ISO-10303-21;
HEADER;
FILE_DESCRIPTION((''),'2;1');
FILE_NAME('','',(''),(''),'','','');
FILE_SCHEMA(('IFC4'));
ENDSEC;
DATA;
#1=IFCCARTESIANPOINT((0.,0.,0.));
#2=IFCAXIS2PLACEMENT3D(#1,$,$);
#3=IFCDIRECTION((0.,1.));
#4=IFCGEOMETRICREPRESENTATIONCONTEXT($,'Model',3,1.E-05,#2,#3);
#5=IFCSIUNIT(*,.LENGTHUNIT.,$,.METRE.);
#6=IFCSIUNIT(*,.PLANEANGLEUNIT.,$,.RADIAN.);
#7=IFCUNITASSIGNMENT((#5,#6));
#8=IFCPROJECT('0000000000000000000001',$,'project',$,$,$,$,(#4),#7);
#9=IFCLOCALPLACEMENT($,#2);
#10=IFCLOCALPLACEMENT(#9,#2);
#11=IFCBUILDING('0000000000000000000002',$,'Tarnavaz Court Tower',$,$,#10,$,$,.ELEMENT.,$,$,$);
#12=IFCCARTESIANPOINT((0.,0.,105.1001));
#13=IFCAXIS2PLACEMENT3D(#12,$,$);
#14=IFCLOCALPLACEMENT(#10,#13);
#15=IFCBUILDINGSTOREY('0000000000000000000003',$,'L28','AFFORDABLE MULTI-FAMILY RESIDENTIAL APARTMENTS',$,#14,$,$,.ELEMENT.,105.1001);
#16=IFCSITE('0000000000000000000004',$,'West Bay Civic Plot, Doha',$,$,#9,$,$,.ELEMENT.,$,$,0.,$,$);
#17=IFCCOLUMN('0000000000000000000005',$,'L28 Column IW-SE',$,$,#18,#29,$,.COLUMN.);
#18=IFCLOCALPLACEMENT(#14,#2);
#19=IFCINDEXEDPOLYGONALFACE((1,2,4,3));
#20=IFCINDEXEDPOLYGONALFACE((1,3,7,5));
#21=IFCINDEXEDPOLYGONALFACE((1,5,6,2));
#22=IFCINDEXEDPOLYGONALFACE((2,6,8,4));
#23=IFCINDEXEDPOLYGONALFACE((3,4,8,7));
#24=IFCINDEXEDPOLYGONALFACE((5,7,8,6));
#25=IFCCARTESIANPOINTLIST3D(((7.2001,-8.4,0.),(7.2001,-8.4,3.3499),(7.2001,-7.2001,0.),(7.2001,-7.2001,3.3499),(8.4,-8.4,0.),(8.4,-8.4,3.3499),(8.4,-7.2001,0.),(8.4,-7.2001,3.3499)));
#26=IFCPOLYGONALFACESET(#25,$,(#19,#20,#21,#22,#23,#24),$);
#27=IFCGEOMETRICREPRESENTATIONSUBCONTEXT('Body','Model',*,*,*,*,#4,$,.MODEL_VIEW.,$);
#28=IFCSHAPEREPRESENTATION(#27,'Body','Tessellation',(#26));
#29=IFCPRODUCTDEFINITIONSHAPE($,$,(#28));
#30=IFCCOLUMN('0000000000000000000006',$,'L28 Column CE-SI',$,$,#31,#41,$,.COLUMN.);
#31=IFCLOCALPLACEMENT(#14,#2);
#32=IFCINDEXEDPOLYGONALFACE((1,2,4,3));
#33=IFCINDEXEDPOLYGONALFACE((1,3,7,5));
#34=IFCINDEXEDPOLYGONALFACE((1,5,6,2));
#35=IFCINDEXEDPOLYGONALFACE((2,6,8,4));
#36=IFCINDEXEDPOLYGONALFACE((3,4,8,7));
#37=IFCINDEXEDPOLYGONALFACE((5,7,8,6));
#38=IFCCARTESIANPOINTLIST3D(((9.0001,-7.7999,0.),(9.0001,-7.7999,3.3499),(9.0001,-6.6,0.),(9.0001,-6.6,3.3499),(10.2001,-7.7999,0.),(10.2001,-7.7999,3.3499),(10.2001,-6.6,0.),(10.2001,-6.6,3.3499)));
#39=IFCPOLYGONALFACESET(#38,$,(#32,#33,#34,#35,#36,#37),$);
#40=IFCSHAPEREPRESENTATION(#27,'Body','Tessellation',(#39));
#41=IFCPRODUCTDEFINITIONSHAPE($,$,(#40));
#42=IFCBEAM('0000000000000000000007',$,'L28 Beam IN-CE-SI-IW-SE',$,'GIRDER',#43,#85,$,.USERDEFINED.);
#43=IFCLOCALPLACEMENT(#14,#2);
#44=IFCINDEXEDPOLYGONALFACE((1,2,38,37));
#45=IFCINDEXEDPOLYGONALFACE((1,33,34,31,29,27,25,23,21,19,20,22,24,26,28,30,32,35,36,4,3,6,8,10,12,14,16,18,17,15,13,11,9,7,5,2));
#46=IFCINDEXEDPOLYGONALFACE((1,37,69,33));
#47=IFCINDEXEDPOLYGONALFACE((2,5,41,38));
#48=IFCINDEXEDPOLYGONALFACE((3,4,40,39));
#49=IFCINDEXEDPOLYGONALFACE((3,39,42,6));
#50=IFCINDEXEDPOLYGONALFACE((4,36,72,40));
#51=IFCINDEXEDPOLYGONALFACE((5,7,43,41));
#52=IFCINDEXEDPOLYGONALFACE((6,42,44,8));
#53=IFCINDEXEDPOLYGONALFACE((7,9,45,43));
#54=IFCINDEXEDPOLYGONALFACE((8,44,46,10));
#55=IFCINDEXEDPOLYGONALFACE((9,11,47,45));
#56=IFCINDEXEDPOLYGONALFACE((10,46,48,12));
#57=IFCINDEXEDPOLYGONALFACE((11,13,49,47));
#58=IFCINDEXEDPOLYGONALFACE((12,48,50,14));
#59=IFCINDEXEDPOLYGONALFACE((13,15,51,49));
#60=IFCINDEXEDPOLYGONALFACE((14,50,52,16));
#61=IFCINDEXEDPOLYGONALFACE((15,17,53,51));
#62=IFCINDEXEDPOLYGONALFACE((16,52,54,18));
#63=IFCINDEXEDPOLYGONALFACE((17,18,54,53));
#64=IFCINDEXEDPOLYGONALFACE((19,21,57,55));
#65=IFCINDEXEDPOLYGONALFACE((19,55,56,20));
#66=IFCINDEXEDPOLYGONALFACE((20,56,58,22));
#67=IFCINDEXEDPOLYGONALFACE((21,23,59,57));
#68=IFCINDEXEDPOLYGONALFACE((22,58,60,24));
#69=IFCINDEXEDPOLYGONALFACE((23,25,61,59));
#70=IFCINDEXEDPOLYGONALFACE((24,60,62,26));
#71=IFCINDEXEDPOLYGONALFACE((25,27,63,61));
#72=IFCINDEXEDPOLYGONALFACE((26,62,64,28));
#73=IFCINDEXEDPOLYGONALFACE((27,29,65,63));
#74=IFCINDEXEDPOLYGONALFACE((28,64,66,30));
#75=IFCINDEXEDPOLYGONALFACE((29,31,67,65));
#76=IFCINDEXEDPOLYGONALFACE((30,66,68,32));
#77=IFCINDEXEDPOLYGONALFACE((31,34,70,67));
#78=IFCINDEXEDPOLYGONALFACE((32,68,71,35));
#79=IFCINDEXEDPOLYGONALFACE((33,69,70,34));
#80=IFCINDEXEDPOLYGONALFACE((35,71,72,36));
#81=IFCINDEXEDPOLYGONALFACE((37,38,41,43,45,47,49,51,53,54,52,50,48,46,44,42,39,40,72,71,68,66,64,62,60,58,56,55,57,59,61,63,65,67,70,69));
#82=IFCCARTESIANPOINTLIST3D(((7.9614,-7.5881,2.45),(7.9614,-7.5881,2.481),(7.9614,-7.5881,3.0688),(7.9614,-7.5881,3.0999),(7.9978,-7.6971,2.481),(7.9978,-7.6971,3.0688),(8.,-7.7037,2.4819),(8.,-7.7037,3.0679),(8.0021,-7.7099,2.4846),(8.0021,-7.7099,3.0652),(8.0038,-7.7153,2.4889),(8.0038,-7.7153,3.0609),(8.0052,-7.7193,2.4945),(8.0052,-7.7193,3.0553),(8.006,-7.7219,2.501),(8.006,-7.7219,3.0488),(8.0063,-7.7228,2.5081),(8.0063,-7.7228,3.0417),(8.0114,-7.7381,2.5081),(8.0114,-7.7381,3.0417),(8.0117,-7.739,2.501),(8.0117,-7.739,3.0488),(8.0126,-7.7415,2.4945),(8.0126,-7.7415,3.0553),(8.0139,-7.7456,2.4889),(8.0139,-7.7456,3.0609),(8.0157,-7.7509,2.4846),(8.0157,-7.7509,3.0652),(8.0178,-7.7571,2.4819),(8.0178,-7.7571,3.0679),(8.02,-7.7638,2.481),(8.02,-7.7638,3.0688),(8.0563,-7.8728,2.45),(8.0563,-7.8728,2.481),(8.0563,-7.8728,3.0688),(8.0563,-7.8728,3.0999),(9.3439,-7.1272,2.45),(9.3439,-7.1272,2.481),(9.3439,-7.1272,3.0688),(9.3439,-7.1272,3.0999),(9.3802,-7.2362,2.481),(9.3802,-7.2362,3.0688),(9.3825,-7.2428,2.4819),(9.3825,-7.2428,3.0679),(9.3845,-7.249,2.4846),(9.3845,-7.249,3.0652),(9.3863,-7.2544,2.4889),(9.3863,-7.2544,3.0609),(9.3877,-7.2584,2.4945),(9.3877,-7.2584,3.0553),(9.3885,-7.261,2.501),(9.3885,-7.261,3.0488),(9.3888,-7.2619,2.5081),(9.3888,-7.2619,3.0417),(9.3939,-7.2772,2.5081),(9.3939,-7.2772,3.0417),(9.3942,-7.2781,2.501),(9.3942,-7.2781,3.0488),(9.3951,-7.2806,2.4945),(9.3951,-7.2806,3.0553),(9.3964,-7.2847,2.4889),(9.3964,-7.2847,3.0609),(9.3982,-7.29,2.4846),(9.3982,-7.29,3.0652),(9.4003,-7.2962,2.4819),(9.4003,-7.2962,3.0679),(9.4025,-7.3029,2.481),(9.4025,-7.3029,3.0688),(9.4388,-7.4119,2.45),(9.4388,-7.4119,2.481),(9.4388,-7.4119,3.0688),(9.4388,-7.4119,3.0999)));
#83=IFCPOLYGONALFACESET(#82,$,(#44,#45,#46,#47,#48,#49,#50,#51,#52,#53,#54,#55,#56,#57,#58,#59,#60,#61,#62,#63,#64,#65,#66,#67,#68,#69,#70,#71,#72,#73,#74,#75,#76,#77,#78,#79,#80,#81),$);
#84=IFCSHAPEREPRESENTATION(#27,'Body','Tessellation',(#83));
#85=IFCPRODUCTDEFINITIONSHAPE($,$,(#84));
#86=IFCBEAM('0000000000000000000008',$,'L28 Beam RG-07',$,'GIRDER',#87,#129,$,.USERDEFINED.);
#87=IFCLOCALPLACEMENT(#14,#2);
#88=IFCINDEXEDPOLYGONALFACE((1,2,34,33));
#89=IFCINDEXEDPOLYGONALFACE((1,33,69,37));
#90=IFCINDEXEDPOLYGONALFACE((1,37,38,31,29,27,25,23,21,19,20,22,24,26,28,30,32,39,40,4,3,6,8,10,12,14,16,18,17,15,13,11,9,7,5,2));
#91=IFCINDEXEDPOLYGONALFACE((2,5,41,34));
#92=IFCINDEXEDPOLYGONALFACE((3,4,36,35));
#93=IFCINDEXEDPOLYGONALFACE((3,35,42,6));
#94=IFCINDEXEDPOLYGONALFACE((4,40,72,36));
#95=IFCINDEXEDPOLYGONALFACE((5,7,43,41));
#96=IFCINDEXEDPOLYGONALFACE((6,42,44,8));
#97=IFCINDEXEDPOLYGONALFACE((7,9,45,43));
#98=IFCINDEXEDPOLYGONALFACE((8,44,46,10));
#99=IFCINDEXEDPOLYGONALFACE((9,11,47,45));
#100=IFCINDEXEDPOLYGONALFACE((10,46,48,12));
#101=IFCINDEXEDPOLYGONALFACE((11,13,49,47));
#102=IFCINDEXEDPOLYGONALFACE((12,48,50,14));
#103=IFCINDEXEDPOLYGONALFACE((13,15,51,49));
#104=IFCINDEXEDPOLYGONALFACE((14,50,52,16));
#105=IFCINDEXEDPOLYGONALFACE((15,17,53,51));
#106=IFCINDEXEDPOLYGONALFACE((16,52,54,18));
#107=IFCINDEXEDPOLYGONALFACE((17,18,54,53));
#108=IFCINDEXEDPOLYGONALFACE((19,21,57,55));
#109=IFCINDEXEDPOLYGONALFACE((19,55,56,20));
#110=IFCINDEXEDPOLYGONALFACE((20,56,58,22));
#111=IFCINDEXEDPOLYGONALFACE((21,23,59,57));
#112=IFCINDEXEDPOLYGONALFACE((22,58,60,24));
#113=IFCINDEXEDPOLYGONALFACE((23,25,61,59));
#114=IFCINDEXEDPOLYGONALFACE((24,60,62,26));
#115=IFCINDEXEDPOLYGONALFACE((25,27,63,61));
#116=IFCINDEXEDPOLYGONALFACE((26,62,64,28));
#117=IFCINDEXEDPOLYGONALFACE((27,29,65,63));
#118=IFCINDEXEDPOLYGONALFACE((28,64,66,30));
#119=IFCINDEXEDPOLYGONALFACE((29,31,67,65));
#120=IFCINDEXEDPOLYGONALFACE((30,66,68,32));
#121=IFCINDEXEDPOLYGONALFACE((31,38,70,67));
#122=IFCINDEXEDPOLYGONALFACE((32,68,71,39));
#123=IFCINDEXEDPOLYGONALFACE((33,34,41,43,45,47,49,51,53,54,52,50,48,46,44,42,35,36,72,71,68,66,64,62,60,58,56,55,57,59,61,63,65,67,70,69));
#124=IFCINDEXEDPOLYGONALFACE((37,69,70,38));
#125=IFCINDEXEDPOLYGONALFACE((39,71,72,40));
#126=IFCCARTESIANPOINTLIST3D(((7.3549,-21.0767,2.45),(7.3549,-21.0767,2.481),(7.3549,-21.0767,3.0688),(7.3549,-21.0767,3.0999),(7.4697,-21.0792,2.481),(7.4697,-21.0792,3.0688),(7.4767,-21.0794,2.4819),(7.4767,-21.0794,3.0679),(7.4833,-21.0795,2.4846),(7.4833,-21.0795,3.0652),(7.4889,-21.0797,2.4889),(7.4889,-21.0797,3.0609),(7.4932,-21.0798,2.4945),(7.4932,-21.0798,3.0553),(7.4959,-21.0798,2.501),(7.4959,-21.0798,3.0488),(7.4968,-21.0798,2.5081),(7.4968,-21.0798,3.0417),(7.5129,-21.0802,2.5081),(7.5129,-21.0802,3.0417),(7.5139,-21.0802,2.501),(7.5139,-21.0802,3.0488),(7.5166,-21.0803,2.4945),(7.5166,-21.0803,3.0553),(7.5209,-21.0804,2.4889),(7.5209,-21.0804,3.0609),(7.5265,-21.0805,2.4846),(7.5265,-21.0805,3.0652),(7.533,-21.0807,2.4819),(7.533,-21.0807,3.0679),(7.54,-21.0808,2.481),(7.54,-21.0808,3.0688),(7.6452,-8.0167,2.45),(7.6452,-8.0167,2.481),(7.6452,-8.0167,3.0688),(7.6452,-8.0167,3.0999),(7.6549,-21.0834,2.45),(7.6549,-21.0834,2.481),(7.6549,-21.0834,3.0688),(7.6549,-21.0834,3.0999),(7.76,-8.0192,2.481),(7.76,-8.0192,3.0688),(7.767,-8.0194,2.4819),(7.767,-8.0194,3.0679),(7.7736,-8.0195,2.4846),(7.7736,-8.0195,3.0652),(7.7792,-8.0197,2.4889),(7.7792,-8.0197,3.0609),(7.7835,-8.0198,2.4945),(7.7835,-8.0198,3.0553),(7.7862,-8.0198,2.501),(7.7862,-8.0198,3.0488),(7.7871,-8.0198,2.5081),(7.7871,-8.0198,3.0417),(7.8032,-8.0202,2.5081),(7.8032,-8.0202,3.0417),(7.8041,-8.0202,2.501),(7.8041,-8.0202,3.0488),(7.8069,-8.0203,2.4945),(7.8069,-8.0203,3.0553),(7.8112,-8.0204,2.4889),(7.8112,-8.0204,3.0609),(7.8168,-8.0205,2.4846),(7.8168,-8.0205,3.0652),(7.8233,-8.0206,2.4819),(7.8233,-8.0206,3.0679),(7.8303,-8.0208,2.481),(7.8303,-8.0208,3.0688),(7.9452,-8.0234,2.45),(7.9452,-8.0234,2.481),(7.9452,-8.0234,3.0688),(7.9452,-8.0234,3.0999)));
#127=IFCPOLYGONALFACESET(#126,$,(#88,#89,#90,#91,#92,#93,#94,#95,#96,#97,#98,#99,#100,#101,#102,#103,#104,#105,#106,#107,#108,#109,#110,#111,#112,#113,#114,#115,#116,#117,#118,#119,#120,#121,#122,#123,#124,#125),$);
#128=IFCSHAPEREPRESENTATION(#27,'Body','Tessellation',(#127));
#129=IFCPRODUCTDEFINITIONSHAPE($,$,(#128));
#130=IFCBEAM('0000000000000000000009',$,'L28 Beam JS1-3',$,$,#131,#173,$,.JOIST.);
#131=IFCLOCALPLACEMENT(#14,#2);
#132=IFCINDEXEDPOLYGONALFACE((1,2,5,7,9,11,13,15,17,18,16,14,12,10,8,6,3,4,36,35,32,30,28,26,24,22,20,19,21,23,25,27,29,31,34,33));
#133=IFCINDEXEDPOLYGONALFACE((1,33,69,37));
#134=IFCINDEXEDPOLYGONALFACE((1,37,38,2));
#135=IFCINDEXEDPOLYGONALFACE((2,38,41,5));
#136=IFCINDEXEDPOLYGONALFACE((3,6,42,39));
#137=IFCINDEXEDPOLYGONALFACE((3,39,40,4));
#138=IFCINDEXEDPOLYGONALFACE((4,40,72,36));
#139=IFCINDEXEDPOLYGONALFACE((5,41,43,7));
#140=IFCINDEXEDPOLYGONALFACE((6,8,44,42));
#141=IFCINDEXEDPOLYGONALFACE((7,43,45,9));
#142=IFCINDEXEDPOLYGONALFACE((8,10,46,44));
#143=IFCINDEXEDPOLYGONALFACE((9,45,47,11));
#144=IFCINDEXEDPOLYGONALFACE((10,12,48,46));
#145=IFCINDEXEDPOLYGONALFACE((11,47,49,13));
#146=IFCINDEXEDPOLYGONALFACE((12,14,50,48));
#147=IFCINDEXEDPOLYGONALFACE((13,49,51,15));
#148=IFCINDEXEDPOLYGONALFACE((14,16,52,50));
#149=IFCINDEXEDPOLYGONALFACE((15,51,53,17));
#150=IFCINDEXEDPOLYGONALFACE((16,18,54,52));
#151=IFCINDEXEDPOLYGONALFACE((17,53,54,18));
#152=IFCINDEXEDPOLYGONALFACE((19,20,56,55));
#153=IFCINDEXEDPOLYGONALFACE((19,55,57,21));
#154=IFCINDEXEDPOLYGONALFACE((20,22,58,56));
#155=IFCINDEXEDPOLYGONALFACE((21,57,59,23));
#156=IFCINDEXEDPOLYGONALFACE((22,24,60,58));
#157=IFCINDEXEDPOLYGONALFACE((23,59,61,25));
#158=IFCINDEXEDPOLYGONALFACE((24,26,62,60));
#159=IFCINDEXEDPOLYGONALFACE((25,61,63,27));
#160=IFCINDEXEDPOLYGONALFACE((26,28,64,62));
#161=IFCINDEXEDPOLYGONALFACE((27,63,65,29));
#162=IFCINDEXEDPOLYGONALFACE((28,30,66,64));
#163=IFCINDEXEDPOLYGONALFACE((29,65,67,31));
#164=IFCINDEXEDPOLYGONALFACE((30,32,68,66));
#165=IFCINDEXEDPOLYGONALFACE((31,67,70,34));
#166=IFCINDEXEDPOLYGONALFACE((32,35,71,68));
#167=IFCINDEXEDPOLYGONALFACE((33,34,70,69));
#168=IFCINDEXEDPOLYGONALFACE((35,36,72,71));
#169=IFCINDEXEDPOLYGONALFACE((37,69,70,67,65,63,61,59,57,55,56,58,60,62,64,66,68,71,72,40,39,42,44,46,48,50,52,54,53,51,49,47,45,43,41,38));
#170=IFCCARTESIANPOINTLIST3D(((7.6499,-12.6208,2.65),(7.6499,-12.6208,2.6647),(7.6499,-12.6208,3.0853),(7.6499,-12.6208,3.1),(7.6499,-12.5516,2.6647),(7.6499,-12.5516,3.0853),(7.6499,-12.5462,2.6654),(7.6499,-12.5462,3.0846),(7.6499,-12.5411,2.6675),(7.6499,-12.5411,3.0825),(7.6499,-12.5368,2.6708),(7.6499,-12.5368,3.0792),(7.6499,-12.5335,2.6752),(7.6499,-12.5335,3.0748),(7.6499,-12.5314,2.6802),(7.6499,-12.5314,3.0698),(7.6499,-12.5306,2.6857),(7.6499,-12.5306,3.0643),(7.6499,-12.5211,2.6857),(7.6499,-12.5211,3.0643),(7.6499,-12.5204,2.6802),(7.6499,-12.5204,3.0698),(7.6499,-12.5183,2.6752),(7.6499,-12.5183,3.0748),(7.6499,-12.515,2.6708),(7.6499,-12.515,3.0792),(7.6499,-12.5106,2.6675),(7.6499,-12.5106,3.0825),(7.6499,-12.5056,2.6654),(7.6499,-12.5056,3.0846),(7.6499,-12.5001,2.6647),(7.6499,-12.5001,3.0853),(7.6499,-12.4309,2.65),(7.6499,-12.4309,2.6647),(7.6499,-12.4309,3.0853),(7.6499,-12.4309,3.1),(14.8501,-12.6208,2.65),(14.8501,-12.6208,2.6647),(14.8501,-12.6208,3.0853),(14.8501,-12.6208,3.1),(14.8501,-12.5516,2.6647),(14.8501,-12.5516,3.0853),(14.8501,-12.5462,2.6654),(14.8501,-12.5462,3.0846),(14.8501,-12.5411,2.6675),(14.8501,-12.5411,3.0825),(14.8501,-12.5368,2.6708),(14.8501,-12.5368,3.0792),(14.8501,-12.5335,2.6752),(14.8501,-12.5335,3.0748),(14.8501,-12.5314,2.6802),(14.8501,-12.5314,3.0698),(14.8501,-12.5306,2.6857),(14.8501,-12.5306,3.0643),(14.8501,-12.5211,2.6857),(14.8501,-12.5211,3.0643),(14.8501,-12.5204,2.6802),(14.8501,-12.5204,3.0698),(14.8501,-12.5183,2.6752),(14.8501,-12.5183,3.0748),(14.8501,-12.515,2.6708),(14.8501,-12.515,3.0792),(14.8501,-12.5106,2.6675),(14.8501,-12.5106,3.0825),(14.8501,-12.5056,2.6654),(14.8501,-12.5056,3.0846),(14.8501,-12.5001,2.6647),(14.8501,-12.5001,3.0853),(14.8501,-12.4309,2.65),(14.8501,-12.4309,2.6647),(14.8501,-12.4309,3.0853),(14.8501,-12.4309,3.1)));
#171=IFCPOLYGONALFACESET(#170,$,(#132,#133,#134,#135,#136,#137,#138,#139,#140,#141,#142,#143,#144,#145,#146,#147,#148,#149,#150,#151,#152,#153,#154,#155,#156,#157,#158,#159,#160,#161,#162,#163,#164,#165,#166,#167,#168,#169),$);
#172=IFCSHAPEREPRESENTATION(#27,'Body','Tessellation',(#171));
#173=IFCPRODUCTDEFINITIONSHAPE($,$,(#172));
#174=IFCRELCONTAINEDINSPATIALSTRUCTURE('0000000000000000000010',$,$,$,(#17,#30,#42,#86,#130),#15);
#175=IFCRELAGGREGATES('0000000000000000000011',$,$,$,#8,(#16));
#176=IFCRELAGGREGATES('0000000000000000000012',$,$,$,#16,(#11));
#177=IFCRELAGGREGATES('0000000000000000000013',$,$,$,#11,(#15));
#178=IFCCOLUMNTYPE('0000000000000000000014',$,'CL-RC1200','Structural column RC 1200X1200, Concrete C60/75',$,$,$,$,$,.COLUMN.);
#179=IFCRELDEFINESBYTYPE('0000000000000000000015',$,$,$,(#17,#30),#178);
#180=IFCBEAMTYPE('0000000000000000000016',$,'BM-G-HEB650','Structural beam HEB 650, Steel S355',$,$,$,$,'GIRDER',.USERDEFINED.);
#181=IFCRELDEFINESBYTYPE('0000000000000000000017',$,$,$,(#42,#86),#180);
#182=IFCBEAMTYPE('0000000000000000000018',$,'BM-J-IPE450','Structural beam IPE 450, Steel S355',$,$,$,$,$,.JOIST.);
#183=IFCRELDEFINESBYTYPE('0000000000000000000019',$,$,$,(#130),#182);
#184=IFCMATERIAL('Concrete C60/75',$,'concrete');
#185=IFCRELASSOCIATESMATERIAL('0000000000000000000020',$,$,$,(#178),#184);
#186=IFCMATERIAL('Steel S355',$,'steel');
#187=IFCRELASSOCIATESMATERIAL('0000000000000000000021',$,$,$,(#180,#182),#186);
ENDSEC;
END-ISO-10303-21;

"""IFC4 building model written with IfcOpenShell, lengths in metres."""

from ifc_helpers import new_model, si_unit, direction, frame, origin, origin_2d, place, context, subcontext, project, spatial, rectangle, i_section, extrude, material, material_profile, profile_set, type_object, element, save


model = new_model("IFC4")

# Units and contexts
model_context = context("Model", 3, precision=1e-05, world=origin(), true_north=direction((0.0, 1.0)))
body_context = subcontext(model_context, "Body", "Model", "MODEL_VIEW")
ifc_project = project(units=[si_unit("LENGTHUNIT", "METRE"), si_unit("PLANEANGLEUNIT", "RADIAN")], contexts=[model_context])

# Site, building, storey
site_placement = place(None, origin())
site = spatial("IfcSite", under=ifc_project, at=site_placement, Name="West Bay Civic Plot, Doha", CompositionType="ELEMENT", RefElevation=0.0)
building_placement = place(site_placement, origin())
building = spatial("IfcBuilding", under=site, at=building_placement, Name="Tarnavaz Court Tower", CompositionType="ELEMENT")
storey_placement = place(building_placement, frame((0.0, 0.0, 105.1001)))
storey = spatial("IfcBuildingStorey", under=building, at=storey_placement, Name="L28", Description="AFFORDABLE MULTI-FAMILY RESIDENTIAL APARTMENTS", CompositionType="ELEMENT", Elevation=105.1001)

# Columns
ifc_material_1 = material(Name="Concrete C60/75", Category="concrete")
ifc_material_profile_1 = material_profile(ifc_material_1, rectangle(XDim=1.2, YDim=1.2, at=origin_2d()), Name="RC 1200X1200")
ifc_profile_set_1 = profile_set([ifc_material_profile_1], Name="Concrete C60/75")
column_type = type_object("IfcColumnType", Name="CL-RC1200", Description="Structural column RC 1200X1200, Concrete C60/75", PredefinedType="COLUMN", material=ifc_profile_set_1)
for number, where, z_axis, x_axis, name in (
    (1, (7.8, -7.8, 0.0), (0.0, 0.0, 1.0), (1.0, 0.0, 0.0), "L28 Column IW-SE"),
    (2, (9.6001, -7.2, 0.0), (0.0, 0.0, 1.0), (1.0, 0.0, 0.0), "L28 Column CE-SI"),
):
    element("IfcColumn", number, at=place(storey_placement, frame(where, z_axis=z_axis, x_axis=x_axis)), inside=storey, type_object=column_type, Name=name, PredefinedType="COLUMN", context=body_context, shape_type="SweptSolid", body=[
        extrude(rectangle(XDim=1.2, YDim=1.2, at=origin_2d()), origin(), (0.0, 0.0, 1.0), 3.3499),
    ])

# Beams
ifc_material_2 = material(Name="Steel S355", Category="steel")
ifc_material_profile_2 = material_profile(ifc_material_2, i_section(OverallWidth=0.3, OverallDepth=0.6499, WebThickness=0.0161, FlangeThickness=0.031, FilletRadius=0.0271, at=origin_2d()), Name="HEB 650")
ifc_profile_set_2 = profile_set([ifc_material_profile_2], Name="Steel S355")
beam_type_1 = type_object("IfcBeamType", Name="BM-G-HEB650", Description="Structural beam HEB 650, Steel S355", ElementType="GIRDER", PredefinedType="USERDEFINED", material=ifc_profile_set_2)
beam_1_placement = place(storey_placement, frame((9.3914, -7.2695, 2.7749), z_axis=(-0.948667, -0.316278, 0.0), x_axis=(0.316278, -0.948667, 0.0)))
element("IfcBeam", 3, at=beam_1_placement, inside=storey, type_object=beam_type_1, Name="L28 Beam IN-CE-SI-IW-SE", ObjectType="GIRDER", PredefinedType="USERDEFINED", context=body_context, shape_type="SweptSolid", body=[
    extrude(i_section(OverallWidth=0.3, OverallDepth=0.6499, WebThickness=0.0161, FlangeThickness=0.031, FilletRadius=0.0271, at=origin_2d()), origin(), (0.0, 0.0, 1.0), 1.4573),
])
beam_2_placement = place(storey_placement, frame((7.7952, -8.02, 2.7749), z_axis=(-0.022221, -0.999753, 0.0), x_axis=(0.999753, -0.022221, 0.0)))
element("IfcBeam", 4, at=beam_2_placement, inside=storey, type_object=beam_type_1, Name="L28 Beam RG-07", ObjectType="GIRDER", PredefinedType="USERDEFINED", context=body_context, shape_type="SweptSolid", body=[
    extrude(i_section(OverallWidth=0.3, OverallDepth=0.6499, WebThickness=0.0161, FlangeThickness=0.031, FilletRadius=0.0271, at=origin_2d()), origin(), (0.0, 0.0, 1.0), 13.0632),
])
ifc_material_profile_3 = material_profile(ifc_material_2, i_section(OverallWidth=0.1899, OverallDepth=0.45, WebThickness=0.0095, FlangeThickness=0.0146, FilletRadius=0.021, at=origin_2d()), Name="IPE 450")
ifc_profile_set_3 = profile_set([ifc_material_profile_3], Name="Steel S355")
beam_type_2 = type_object("IfcBeamType", Name="BM-J-IPE450", Description="Structural beam IPE 450, Steel S355", PredefinedType="JOIST", material=ifc_profile_set_3)
for number, where, z_axis, x_axis, name in (
    (5, (7.6499, -12.5259, 2.875), (1.0, 0.0, 0.0), (0.0, 1.0, 0.0), "L28 Beam JS1-3"),
):
    element("IfcBeam", number, at=place(storey_placement, frame(where, z_axis=z_axis, x_axis=x_axis)), inside=storey, type_object=beam_type_2, Name=name, PredefinedType="JOIST", context=body_context, shape_type="SweptSolid", body=[
        extrude(i_section(OverallWidth=0.1899, OverallDepth=0.45, WebThickness=0.0095, FlangeThickness=0.0146, FilletRadius=0.021, at=origin_2d()), origin(), (0.0, 0.0, 1.0), 7.2002),
    ])

save(model, "model.ifc")
